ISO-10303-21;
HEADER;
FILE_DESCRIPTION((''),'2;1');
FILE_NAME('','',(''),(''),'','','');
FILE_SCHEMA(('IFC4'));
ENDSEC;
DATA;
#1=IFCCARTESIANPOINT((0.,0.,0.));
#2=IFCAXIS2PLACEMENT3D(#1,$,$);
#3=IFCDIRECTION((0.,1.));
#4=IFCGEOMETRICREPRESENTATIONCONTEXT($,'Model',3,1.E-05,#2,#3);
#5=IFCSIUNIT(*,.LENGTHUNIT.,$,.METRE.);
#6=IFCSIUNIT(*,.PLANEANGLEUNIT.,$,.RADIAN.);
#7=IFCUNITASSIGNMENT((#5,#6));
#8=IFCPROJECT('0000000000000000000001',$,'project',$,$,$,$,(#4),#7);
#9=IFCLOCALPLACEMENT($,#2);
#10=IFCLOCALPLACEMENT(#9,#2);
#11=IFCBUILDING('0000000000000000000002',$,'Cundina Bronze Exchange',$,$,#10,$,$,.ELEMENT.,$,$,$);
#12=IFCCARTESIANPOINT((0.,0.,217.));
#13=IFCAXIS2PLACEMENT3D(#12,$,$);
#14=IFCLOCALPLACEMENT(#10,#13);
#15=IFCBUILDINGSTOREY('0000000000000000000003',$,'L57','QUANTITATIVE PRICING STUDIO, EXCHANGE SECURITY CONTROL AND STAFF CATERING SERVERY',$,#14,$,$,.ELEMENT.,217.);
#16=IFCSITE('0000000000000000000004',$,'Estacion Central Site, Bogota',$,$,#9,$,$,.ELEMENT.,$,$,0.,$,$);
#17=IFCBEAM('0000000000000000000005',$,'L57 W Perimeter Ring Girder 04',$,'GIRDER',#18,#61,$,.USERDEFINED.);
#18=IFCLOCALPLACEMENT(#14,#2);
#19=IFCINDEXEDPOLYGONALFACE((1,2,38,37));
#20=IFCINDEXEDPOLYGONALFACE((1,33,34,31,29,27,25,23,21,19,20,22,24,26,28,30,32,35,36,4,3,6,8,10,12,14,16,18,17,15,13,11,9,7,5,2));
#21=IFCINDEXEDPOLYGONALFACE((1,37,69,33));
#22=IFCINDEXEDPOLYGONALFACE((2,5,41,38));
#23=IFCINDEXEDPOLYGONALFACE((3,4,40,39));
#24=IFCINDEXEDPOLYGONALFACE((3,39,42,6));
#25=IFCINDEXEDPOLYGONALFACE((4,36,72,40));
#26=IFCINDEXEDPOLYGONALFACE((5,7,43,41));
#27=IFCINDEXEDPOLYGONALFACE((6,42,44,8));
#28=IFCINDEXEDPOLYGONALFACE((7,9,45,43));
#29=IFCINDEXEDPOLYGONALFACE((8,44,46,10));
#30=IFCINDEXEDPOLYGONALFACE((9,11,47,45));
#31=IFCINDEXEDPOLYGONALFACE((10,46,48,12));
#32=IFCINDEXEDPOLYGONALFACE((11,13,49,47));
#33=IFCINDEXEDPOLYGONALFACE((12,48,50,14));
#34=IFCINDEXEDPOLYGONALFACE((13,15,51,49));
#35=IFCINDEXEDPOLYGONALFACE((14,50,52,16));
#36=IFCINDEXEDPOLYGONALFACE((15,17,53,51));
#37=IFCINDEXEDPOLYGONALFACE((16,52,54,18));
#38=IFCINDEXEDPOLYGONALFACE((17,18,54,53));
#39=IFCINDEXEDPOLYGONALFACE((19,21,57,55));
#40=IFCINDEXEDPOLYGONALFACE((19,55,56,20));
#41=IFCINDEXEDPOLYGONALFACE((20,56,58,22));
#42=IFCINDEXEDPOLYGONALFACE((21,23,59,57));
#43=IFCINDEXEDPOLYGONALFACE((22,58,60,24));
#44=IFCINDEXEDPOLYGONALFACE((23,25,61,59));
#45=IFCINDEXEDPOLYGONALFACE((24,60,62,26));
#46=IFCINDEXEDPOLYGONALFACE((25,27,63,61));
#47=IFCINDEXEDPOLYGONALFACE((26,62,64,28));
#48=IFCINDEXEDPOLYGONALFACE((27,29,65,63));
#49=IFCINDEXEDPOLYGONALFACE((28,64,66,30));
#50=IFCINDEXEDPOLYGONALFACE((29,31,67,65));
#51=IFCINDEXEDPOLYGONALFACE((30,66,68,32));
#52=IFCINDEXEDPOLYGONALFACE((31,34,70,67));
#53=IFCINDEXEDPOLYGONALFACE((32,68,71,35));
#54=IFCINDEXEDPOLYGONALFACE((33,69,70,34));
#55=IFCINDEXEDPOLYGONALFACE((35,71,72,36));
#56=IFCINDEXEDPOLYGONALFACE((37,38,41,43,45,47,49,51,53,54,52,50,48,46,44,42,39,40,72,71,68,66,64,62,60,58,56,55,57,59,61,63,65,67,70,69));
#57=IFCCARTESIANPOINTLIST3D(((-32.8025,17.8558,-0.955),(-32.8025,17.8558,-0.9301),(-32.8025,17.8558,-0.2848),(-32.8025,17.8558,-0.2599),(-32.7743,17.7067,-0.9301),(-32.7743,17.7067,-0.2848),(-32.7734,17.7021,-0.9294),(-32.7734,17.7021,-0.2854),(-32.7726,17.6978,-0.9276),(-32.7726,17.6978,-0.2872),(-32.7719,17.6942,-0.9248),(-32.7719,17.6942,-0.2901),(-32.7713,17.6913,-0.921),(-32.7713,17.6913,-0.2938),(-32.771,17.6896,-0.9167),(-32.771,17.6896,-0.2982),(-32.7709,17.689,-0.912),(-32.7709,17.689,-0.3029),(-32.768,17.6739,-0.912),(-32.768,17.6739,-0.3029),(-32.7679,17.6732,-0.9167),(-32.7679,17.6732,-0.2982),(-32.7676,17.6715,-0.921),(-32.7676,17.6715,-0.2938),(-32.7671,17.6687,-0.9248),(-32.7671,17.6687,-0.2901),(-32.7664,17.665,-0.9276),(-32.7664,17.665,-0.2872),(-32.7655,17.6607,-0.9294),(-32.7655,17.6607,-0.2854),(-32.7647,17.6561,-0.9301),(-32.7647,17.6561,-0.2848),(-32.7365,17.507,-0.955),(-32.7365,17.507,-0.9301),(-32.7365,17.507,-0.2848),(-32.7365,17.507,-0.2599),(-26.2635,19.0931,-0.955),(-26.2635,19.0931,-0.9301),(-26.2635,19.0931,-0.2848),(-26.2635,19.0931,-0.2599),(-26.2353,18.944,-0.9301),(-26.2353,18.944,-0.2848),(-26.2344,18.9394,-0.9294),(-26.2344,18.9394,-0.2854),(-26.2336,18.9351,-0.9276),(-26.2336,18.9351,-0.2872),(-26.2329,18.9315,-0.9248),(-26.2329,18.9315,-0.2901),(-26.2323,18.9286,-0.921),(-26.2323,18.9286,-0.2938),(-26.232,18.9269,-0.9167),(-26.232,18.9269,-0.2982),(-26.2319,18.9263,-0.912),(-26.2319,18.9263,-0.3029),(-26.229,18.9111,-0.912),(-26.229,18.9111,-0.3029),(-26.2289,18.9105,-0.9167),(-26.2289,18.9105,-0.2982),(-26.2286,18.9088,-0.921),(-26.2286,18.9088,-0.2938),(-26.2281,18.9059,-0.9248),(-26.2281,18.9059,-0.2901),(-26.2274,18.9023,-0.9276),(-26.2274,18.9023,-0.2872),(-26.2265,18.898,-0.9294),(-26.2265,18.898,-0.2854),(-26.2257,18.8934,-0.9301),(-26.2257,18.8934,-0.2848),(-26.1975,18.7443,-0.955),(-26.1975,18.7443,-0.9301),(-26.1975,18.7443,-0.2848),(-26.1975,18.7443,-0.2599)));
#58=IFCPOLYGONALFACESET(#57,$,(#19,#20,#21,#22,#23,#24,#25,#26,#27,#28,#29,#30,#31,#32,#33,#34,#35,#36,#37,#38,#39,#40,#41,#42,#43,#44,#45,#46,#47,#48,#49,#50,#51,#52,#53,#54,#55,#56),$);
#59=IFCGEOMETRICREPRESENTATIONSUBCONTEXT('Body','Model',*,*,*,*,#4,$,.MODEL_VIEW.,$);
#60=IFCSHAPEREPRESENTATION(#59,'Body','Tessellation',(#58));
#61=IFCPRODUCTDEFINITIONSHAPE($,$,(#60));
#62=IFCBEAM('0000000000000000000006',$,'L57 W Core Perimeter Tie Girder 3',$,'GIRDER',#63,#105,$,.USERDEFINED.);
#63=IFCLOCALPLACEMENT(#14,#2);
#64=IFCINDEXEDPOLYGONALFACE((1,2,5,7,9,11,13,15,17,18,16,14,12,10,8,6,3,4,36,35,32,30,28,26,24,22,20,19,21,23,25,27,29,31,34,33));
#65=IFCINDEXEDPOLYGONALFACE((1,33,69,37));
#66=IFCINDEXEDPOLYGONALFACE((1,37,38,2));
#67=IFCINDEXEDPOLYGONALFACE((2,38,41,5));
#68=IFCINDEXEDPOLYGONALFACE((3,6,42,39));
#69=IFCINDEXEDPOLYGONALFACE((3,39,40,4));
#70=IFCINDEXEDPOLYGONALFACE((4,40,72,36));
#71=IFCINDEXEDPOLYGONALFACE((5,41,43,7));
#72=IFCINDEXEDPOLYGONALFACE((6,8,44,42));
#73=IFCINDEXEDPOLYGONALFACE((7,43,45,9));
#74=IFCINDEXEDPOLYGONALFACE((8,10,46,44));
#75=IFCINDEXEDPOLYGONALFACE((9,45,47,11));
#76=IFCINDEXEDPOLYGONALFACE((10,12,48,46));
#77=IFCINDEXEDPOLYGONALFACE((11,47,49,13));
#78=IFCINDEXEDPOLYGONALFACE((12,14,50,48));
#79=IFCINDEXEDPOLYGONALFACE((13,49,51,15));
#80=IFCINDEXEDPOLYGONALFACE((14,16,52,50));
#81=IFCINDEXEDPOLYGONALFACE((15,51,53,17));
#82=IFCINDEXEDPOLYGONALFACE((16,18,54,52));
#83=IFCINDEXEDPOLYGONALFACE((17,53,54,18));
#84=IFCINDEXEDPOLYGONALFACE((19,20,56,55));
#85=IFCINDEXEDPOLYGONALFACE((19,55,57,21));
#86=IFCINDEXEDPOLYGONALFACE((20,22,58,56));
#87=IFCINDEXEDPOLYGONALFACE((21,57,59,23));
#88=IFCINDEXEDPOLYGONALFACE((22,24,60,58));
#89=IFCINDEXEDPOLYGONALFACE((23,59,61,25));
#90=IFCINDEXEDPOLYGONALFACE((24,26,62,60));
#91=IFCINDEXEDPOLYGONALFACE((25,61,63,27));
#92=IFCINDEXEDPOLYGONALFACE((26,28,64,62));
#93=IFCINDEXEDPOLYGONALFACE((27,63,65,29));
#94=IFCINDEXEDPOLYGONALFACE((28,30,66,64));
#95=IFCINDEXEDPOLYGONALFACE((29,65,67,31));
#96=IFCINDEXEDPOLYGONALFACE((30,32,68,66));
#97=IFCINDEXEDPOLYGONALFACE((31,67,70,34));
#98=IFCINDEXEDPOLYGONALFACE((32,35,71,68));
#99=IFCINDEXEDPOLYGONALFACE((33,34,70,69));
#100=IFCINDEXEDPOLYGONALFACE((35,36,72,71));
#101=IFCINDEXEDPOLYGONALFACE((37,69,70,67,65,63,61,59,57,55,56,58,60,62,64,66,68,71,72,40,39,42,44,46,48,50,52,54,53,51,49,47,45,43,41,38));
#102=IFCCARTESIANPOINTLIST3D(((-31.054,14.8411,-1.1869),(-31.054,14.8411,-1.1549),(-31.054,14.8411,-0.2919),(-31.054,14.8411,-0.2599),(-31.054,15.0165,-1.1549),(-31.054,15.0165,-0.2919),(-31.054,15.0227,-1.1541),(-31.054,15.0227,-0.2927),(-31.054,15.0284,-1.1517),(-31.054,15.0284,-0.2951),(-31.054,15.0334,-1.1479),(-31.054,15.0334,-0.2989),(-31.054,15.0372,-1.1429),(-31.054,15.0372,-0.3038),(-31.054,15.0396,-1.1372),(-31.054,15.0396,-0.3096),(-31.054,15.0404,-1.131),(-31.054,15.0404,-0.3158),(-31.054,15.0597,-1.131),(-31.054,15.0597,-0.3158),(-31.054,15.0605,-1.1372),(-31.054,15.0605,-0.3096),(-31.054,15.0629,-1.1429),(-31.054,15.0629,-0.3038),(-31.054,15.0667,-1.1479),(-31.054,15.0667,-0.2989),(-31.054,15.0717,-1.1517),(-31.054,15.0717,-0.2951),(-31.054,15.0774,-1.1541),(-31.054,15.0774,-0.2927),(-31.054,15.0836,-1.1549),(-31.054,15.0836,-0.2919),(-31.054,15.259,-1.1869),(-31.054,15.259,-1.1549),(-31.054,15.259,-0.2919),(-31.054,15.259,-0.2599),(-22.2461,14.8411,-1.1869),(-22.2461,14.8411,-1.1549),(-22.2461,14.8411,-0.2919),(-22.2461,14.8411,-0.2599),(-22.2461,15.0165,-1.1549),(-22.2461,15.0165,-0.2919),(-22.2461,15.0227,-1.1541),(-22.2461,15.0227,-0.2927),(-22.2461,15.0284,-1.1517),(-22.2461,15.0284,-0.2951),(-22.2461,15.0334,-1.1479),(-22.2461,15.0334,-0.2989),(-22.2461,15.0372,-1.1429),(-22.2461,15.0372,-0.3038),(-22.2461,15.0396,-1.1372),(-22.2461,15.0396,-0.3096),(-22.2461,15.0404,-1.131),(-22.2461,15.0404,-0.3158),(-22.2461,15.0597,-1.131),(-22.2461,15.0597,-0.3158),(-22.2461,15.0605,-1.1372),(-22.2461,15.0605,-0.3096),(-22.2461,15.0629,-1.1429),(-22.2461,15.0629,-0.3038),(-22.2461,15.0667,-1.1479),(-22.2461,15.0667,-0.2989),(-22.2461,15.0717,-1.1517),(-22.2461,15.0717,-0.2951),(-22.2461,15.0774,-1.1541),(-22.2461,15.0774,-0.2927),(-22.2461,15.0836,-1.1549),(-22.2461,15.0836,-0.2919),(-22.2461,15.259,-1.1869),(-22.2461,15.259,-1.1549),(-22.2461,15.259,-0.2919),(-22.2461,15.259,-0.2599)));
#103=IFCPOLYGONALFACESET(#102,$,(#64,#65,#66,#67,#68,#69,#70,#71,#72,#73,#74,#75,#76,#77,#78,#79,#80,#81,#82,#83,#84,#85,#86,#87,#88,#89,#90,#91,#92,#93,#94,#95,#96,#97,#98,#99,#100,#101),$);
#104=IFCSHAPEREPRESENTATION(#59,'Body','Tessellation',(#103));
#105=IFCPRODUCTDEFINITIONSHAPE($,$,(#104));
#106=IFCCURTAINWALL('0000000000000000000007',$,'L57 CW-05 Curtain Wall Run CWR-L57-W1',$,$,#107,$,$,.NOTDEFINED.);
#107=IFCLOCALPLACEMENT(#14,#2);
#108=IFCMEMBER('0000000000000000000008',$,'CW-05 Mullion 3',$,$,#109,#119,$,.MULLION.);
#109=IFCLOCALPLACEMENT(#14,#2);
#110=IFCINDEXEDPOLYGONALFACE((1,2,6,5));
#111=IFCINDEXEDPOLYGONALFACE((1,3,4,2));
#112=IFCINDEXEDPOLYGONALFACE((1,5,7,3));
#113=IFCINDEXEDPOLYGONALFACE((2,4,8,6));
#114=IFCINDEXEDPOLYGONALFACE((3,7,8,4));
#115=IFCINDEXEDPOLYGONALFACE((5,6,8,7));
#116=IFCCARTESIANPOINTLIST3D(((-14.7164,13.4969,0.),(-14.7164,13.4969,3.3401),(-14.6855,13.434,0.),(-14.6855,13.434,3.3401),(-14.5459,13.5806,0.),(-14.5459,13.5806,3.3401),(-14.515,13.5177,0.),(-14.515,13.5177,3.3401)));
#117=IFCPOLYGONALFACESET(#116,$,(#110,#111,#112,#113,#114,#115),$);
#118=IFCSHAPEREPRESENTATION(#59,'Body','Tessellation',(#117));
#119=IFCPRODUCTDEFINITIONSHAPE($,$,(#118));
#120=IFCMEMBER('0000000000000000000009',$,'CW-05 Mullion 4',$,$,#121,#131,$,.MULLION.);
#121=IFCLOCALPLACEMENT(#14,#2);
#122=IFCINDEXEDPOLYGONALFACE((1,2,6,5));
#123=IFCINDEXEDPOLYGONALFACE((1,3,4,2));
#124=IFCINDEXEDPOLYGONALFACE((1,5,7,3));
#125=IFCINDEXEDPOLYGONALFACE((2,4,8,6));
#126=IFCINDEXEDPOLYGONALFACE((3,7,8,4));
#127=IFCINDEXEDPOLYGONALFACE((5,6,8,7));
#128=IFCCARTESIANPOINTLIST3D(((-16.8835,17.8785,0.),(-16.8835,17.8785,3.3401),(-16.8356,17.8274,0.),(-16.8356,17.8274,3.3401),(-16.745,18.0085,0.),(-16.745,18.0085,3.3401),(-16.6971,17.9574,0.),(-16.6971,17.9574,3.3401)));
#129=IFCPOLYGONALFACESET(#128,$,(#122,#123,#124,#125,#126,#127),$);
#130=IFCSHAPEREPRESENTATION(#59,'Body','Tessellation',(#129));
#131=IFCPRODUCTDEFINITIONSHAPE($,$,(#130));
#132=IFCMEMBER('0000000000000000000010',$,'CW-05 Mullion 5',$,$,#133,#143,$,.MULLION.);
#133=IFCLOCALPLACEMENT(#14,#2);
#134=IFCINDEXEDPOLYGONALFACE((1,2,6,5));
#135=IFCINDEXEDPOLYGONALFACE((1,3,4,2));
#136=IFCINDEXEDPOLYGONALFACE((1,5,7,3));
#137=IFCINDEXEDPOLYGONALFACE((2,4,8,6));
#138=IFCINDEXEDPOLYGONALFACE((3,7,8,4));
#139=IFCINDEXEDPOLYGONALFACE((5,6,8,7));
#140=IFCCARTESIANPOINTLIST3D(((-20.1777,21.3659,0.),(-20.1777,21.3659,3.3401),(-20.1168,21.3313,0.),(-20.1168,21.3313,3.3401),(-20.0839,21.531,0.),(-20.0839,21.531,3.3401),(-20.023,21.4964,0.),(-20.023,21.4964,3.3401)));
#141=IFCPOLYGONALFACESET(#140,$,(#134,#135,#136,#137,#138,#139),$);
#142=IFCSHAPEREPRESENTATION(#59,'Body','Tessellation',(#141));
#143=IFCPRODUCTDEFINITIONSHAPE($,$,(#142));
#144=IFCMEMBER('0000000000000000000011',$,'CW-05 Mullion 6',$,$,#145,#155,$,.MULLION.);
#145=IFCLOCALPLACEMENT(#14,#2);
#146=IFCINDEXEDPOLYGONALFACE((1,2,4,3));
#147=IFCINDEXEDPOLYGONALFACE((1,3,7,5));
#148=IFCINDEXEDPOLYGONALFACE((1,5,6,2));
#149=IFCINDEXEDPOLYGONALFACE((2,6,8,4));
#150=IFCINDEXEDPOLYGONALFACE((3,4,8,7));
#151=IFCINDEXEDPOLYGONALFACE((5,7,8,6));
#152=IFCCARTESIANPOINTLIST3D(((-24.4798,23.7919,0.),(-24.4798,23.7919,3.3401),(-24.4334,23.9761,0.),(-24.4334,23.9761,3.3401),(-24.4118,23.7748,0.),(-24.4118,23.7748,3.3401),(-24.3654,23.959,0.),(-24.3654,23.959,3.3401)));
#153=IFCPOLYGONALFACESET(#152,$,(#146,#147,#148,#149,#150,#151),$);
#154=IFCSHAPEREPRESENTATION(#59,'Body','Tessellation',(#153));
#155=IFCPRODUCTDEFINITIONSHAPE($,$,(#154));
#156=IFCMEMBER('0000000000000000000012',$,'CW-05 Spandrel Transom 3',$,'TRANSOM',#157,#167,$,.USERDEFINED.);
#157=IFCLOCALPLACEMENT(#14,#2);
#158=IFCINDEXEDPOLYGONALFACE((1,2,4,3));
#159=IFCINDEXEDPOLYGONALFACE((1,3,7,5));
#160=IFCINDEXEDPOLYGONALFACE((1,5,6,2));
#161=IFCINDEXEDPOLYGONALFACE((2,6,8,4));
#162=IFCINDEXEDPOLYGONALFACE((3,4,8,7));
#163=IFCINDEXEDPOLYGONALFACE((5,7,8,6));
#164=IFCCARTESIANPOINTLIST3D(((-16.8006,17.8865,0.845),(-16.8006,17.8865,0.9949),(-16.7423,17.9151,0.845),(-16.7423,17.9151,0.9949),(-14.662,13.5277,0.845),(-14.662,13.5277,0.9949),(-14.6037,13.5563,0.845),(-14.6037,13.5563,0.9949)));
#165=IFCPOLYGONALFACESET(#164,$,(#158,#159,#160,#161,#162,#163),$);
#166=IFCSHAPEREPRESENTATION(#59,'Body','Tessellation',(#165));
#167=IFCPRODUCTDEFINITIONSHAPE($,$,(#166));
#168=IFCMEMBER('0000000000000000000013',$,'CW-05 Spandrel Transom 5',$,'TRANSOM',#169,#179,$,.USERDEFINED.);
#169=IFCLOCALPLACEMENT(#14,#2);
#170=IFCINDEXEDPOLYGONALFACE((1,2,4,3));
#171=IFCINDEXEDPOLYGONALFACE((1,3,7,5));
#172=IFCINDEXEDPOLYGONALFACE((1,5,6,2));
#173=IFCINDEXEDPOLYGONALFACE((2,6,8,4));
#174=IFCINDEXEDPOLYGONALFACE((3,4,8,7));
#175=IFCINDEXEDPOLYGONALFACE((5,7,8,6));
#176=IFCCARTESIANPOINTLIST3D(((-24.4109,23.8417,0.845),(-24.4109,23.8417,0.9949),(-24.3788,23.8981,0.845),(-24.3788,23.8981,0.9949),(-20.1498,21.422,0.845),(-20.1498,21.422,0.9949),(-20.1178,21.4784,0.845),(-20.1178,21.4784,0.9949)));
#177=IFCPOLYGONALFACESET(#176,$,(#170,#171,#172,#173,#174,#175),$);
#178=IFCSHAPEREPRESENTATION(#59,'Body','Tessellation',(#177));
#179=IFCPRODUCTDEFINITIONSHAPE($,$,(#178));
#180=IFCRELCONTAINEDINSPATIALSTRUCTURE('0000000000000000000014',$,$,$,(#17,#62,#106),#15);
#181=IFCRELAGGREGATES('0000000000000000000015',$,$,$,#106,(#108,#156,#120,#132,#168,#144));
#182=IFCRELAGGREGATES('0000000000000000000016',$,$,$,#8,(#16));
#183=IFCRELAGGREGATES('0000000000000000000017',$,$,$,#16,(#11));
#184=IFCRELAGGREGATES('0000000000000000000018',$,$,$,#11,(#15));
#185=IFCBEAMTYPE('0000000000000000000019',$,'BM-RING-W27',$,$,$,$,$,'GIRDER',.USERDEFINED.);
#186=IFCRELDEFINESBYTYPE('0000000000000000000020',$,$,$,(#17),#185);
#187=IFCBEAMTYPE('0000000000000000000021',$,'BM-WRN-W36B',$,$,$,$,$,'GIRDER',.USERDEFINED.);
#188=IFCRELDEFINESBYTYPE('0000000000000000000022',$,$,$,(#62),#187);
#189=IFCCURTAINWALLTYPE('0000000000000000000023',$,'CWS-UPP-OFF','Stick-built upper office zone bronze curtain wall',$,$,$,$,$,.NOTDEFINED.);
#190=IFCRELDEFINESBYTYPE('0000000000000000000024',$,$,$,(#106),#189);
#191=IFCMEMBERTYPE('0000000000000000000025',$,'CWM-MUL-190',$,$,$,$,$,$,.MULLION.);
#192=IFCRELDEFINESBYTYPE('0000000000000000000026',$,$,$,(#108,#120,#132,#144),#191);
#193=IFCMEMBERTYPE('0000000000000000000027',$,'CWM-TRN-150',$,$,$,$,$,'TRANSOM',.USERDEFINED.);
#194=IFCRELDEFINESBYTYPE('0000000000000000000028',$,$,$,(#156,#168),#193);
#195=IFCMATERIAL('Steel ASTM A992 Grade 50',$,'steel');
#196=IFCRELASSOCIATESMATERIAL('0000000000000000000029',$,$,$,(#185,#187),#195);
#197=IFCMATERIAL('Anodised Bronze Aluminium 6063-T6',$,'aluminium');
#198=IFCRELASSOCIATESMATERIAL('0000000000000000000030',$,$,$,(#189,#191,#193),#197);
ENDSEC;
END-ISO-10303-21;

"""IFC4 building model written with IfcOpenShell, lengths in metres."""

from ifc_helpers import new_model, si_unit, direction, frame, origin, origin_2d, place, context, subcontext, project, spatial, rectangle, i_section, extrude, material, material_profile, profile_set, type_object, element, aggregate, save


model = new_model("IFC4")

# Units and contexts
model_context = context("Model", 3, precision=1e-05, world=origin(), true_north=direction((0.0, 1.0)))
body_context = subcontext(model_context, "Body", "Model", "MODEL_VIEW")
ifc_project = project(units=[si_unit("LENGTHUNIT", "METRE"), si_unit("PLANEANGLEUNIT", "RADIAN")], contexts=[model_context])

# Site, building, storey
site_placement = place(None, origin())
site = spatial("IfcSite", under=ifc_project, at=site_placement, Name="Estacion Central Site, Bogota", CompositionType="ELEMENT", RefElevation=0.0)
building_placement = place(site_placement, origin())
building = spatial("IfcBuilding", under=site, at=building_placement, Name="Cundina Bronze Exchange", CompositionType="ELEMENT")
storey_placement = place(building_placement, frame((0.0, 0.0, 217.0)))
storey = spatial("IfcBuildingStorey", under=building, at=storey_placement, Name="L57", Description="QUANTITATIVE PRICING STUDIO, EXCHANGE SECURITY CONTROL AND STAFF CATERING SERVERY", CompositionType="ELEMENT", Elevation=217.0)

# Shared definitions
ifc_material_1 = material(Name="Steel ASTM A992 Grade 50", Category="steel")

# Beams
ifc_material_profile_1 = material_profile(ifc_material_1, i_section(OverallWidth=0.355, OverallDepth=0.6951, WebThickness=0.0154, FlangeThickness=0.0249, FilletRadius=0.0181, at=origin_2d()), Name="W27X146", Category="steel")
ifc_profile_set_1 = profile_set([ifc_material_profile_1], Name="Steel ASTM A992 Grade 50")
beam_type_1 = type_object("IfcBeamType", Name="BM-RING-W27", ElementType="GIRDER", PredefinedType="USERDEFINED", material=ifc_profile_set_1)
beam_1_placement = place(storey_placement, frame((-26.2305, 18.9187, -0.6074), z_axis=(-0.982565, -0.185918, 0.0), x_axis=(0.185918, -0.982565, 0.0)))
element("IfcBeam", 1, at=beam_1_placement, inside=storey, type_object=beam_type_1, Name="L57 W Perimeter Ring Girder 04", ObjectType="GIRDER", PredefinedType="USERDEFINED", context=body_context, shape_type="SweptSolid", body=[
    extrude(i_section(OverallWidth=0.355, OverallDepth=0.6951, WebThickness=0.0154, FlangeThickness=0.0249, FilletRadius=0.0181, at=origin_2d()), origin(), (0.0, 0.0, 1.0), 6.655),
])
ifc_material_profile_2 = material_profile(ifc_material_1, i_section(OverallWidth=0.418, OverallDepth=0.927, WebThickness=0.0193, FlangeThickness=0.032, FilletRadius=0.0239, at=origin_2d()), Name="W36X231", Category="steel")
ifc_profile_set_2 = profile_set([ifc_material_profile_2], Name="Steel ASTM A992 Grade 50")
beam_type_2 = type_object("IfcBeamType", Name="BM-WRN-W36B", ElementType="GIRDER", PredefinedType="USERDEFINED", material=ifc_profile_set_2)
beam_2_placement = place(storey_placement, frame((-22.2461, 15.05, -0.7234), z_axis=(-1.0, 0.0, 0.0), x_axis=(0.0, -1.0, 0.0)))
element("IfcBeam", 2, at=beam_2_placement, inside=storey, type_object=beam_type_2, Name="L57 W Core Perimeter Tie Girder 3", ObjectType="GIRDER", PredefinedType="USERDEFINED", context=body_context, shape_type="SweptSolid", body=[
    extrude(i_section(OverallWidth=0.418, OverallDepth=0.927, WebThickness=0.0193, FlangeThickness=0.032, FilletRadius=0.0239, at=origin_2d()), origin(), (0.0, 0.0, 1.0), 8.8079),
])

# Curtain wall, members
ifc_material_2 = material(Name="Anodised Bronze Aluminium 6063-T6", Category="aluminium")
curtain_wall_type = type_object("IfcCurtainWallType", Name="CWS-UPP-OFF", Description="Stick-built upper office zone bronze curtain wall", PredefinedType="NOTDEFINED", material=ifc_material_2)
curtain_wall_placement = place(storey_placement, origin())
curtain_wall = element("IfcCurtainWall", 3, at=curtain_wall_placement, inside=storey, type_object=curtain_wall_type, Name="L57 CW-05 Curtain Wall Run CWR-L57-W1", PredefinedType="NOTDEFINED")
ifc_material_profile_3 = material_profile(ifc_material_2, rectangle(XDim=0.0701, YDim=0.1899, at=origin_2d()), Name="AL70X190", Category="aluminium")
ifc_profile_set_3 = profile_set([ifc_material_profile_3], Name="Anodised Bronze Aluminium 6063-T6")
member_type_1 = type_object("IfcMemberType", Name="CWM-MUL-190", PredefinedType="MULLION", material=ifc_profile_set_3)
member_1_placement = place(storey_placement, frame((-14.6157, 13.5073, 0.0), z_axis=(0.0, 0.0, 1.0), x_axis=(-0.440566, 0.89772, 0.0)))
member_1 = element("IfcMember", 4, at=member_1_placement, type_object=member_type_1, Name="CW-05 Mullion 3", PredefinedType="MULLION", context=body_context, shape_type="SweptSolid", body=[
    extrude(rectangle(XDim=0.0701, YDim=0.1899, at=origin_2d()), origin(), (0.0, 0.0, 1.0), 3.3401),
])
member_2_placement = place(storey_placement, frame((-16.7903, 17.918, 0.0), z_axis=(0.0, 0.0, 1.0), x_axis=(-0.684293, 0.729208, 0.0)))
member_2 = element("IfcMember", 5, at=member_2_placement, type_object=member_type_1, Name="CW-05 Mullion 4", PredefinedType="MULLION", context=body_context, shape_type="SweptSolid", body=[
    extrude(rectangle(XDim=0.0701, YDim=0.1899, at=origin_2d()), origin(), (0.0, 0.0, 1.0), 3.3401),
])
member_3_placement = place(storey_placement, frame((-20.1003, 21.4312, 0.0), z_axis=(0.0, 0.0, 1.0), x_axis=(-0.869581, 0.49379, 0.0)))
member_3 = element("IfcMember", 6, at=member_3_placement, type_object=member_type_1, Name="CW-05 Mullion 5", PredefinedType="MULLION", context=body_context, shape_type="SweptSolid", body=[
    extrude(rectangle(XDim=0.0701, YDim=0.1899, at=origin_2d()), origin(), (0.0, 0.0, 1.0), 3.3401),
])
member_4_placement = place(storey_placement, frame((-24.4226, 23.8755, 0.0), z_axis=(0.0, 0.0, 1.0), x_axis=(-0.969744, 0.244123, 0.0)))
member_4 = element("IfcMember", 7, at=member_4_placement, type_object=member_type_1, Name="CW-05 Mullion 6", PredefinedType="MULLION", context=body_context, shape_type="SweptSolid", body=[
    extrude(rectangle(XDim=0.0701, YDim=0.1899, at=origin_2d()), origin(), (0.0, 0.0, 1.0), 3.3401),
])
ifc_material_profile_4 = material_profile(ifc_material_2, rectangle(XDim=0.0649, YDim=0.1499, at=origin_2d()), Name="AL65X150", Category="aluminium")
ifc_profile_set_4 = profile_set([ifc_material_profile_4], Name="Anodised Bronze Aluminium 6063-T6")
member_type_2 = type_object("IfcMemberType", Name="CWM-TRN-150", ElementType="TRANSOM", PredefinedType="USERDEFINED", material=ifc_profile_set_4)
member_5_placement = place(storey_placement, frame((-14.6328, 13.542, 0.9199), z_axis=(-0.440483, 0.897761, 0.0), x_axis=(-0.897761, -0.440483, 0.0)))
member_5 = element("IfcMember", 8, at=member_5_placement, type_object=member_type_2, Name="CW-05 Spandrel Transom 3", ObjectType="TRANSOM", PredefinedType="USERDEFINED", context=body_context, shape_type="SweptSolid", body=[
    extrude(rectangle(XDim=0.0649, YDim=0.1499, at=origin_2d()), origin(), (0.0, 0.0, 1.0), 4.8552),
])
member_6_placement = place(storey_placement, frame((-20.1338, 21.4502, 0.9199), z_axis=(-0.869574, 0.493803, 0.0), x_axis=(-0.493803, -0.869574, 0.0)))
member_6 = element("IfcMember", 9, at=member_6_placement, type_object=member_type_2, Name="CW-05 Spandrel Transom 5", ObjectType="TRANSOM", PredefinedType="USERDEFINED", context=body_context, shape_type="SweptSolid", body=[
    extrude(rectangle(XDim=0.0649, YDim=0.1499, at=origin_2d()), origin(), (0.0, 0.0, 1.0), 4.9001),
])
aggregate(curtain_wall, [member_1, member_5, member_2, member_3, member_6, member_4])

save(model, "model.ifc")
